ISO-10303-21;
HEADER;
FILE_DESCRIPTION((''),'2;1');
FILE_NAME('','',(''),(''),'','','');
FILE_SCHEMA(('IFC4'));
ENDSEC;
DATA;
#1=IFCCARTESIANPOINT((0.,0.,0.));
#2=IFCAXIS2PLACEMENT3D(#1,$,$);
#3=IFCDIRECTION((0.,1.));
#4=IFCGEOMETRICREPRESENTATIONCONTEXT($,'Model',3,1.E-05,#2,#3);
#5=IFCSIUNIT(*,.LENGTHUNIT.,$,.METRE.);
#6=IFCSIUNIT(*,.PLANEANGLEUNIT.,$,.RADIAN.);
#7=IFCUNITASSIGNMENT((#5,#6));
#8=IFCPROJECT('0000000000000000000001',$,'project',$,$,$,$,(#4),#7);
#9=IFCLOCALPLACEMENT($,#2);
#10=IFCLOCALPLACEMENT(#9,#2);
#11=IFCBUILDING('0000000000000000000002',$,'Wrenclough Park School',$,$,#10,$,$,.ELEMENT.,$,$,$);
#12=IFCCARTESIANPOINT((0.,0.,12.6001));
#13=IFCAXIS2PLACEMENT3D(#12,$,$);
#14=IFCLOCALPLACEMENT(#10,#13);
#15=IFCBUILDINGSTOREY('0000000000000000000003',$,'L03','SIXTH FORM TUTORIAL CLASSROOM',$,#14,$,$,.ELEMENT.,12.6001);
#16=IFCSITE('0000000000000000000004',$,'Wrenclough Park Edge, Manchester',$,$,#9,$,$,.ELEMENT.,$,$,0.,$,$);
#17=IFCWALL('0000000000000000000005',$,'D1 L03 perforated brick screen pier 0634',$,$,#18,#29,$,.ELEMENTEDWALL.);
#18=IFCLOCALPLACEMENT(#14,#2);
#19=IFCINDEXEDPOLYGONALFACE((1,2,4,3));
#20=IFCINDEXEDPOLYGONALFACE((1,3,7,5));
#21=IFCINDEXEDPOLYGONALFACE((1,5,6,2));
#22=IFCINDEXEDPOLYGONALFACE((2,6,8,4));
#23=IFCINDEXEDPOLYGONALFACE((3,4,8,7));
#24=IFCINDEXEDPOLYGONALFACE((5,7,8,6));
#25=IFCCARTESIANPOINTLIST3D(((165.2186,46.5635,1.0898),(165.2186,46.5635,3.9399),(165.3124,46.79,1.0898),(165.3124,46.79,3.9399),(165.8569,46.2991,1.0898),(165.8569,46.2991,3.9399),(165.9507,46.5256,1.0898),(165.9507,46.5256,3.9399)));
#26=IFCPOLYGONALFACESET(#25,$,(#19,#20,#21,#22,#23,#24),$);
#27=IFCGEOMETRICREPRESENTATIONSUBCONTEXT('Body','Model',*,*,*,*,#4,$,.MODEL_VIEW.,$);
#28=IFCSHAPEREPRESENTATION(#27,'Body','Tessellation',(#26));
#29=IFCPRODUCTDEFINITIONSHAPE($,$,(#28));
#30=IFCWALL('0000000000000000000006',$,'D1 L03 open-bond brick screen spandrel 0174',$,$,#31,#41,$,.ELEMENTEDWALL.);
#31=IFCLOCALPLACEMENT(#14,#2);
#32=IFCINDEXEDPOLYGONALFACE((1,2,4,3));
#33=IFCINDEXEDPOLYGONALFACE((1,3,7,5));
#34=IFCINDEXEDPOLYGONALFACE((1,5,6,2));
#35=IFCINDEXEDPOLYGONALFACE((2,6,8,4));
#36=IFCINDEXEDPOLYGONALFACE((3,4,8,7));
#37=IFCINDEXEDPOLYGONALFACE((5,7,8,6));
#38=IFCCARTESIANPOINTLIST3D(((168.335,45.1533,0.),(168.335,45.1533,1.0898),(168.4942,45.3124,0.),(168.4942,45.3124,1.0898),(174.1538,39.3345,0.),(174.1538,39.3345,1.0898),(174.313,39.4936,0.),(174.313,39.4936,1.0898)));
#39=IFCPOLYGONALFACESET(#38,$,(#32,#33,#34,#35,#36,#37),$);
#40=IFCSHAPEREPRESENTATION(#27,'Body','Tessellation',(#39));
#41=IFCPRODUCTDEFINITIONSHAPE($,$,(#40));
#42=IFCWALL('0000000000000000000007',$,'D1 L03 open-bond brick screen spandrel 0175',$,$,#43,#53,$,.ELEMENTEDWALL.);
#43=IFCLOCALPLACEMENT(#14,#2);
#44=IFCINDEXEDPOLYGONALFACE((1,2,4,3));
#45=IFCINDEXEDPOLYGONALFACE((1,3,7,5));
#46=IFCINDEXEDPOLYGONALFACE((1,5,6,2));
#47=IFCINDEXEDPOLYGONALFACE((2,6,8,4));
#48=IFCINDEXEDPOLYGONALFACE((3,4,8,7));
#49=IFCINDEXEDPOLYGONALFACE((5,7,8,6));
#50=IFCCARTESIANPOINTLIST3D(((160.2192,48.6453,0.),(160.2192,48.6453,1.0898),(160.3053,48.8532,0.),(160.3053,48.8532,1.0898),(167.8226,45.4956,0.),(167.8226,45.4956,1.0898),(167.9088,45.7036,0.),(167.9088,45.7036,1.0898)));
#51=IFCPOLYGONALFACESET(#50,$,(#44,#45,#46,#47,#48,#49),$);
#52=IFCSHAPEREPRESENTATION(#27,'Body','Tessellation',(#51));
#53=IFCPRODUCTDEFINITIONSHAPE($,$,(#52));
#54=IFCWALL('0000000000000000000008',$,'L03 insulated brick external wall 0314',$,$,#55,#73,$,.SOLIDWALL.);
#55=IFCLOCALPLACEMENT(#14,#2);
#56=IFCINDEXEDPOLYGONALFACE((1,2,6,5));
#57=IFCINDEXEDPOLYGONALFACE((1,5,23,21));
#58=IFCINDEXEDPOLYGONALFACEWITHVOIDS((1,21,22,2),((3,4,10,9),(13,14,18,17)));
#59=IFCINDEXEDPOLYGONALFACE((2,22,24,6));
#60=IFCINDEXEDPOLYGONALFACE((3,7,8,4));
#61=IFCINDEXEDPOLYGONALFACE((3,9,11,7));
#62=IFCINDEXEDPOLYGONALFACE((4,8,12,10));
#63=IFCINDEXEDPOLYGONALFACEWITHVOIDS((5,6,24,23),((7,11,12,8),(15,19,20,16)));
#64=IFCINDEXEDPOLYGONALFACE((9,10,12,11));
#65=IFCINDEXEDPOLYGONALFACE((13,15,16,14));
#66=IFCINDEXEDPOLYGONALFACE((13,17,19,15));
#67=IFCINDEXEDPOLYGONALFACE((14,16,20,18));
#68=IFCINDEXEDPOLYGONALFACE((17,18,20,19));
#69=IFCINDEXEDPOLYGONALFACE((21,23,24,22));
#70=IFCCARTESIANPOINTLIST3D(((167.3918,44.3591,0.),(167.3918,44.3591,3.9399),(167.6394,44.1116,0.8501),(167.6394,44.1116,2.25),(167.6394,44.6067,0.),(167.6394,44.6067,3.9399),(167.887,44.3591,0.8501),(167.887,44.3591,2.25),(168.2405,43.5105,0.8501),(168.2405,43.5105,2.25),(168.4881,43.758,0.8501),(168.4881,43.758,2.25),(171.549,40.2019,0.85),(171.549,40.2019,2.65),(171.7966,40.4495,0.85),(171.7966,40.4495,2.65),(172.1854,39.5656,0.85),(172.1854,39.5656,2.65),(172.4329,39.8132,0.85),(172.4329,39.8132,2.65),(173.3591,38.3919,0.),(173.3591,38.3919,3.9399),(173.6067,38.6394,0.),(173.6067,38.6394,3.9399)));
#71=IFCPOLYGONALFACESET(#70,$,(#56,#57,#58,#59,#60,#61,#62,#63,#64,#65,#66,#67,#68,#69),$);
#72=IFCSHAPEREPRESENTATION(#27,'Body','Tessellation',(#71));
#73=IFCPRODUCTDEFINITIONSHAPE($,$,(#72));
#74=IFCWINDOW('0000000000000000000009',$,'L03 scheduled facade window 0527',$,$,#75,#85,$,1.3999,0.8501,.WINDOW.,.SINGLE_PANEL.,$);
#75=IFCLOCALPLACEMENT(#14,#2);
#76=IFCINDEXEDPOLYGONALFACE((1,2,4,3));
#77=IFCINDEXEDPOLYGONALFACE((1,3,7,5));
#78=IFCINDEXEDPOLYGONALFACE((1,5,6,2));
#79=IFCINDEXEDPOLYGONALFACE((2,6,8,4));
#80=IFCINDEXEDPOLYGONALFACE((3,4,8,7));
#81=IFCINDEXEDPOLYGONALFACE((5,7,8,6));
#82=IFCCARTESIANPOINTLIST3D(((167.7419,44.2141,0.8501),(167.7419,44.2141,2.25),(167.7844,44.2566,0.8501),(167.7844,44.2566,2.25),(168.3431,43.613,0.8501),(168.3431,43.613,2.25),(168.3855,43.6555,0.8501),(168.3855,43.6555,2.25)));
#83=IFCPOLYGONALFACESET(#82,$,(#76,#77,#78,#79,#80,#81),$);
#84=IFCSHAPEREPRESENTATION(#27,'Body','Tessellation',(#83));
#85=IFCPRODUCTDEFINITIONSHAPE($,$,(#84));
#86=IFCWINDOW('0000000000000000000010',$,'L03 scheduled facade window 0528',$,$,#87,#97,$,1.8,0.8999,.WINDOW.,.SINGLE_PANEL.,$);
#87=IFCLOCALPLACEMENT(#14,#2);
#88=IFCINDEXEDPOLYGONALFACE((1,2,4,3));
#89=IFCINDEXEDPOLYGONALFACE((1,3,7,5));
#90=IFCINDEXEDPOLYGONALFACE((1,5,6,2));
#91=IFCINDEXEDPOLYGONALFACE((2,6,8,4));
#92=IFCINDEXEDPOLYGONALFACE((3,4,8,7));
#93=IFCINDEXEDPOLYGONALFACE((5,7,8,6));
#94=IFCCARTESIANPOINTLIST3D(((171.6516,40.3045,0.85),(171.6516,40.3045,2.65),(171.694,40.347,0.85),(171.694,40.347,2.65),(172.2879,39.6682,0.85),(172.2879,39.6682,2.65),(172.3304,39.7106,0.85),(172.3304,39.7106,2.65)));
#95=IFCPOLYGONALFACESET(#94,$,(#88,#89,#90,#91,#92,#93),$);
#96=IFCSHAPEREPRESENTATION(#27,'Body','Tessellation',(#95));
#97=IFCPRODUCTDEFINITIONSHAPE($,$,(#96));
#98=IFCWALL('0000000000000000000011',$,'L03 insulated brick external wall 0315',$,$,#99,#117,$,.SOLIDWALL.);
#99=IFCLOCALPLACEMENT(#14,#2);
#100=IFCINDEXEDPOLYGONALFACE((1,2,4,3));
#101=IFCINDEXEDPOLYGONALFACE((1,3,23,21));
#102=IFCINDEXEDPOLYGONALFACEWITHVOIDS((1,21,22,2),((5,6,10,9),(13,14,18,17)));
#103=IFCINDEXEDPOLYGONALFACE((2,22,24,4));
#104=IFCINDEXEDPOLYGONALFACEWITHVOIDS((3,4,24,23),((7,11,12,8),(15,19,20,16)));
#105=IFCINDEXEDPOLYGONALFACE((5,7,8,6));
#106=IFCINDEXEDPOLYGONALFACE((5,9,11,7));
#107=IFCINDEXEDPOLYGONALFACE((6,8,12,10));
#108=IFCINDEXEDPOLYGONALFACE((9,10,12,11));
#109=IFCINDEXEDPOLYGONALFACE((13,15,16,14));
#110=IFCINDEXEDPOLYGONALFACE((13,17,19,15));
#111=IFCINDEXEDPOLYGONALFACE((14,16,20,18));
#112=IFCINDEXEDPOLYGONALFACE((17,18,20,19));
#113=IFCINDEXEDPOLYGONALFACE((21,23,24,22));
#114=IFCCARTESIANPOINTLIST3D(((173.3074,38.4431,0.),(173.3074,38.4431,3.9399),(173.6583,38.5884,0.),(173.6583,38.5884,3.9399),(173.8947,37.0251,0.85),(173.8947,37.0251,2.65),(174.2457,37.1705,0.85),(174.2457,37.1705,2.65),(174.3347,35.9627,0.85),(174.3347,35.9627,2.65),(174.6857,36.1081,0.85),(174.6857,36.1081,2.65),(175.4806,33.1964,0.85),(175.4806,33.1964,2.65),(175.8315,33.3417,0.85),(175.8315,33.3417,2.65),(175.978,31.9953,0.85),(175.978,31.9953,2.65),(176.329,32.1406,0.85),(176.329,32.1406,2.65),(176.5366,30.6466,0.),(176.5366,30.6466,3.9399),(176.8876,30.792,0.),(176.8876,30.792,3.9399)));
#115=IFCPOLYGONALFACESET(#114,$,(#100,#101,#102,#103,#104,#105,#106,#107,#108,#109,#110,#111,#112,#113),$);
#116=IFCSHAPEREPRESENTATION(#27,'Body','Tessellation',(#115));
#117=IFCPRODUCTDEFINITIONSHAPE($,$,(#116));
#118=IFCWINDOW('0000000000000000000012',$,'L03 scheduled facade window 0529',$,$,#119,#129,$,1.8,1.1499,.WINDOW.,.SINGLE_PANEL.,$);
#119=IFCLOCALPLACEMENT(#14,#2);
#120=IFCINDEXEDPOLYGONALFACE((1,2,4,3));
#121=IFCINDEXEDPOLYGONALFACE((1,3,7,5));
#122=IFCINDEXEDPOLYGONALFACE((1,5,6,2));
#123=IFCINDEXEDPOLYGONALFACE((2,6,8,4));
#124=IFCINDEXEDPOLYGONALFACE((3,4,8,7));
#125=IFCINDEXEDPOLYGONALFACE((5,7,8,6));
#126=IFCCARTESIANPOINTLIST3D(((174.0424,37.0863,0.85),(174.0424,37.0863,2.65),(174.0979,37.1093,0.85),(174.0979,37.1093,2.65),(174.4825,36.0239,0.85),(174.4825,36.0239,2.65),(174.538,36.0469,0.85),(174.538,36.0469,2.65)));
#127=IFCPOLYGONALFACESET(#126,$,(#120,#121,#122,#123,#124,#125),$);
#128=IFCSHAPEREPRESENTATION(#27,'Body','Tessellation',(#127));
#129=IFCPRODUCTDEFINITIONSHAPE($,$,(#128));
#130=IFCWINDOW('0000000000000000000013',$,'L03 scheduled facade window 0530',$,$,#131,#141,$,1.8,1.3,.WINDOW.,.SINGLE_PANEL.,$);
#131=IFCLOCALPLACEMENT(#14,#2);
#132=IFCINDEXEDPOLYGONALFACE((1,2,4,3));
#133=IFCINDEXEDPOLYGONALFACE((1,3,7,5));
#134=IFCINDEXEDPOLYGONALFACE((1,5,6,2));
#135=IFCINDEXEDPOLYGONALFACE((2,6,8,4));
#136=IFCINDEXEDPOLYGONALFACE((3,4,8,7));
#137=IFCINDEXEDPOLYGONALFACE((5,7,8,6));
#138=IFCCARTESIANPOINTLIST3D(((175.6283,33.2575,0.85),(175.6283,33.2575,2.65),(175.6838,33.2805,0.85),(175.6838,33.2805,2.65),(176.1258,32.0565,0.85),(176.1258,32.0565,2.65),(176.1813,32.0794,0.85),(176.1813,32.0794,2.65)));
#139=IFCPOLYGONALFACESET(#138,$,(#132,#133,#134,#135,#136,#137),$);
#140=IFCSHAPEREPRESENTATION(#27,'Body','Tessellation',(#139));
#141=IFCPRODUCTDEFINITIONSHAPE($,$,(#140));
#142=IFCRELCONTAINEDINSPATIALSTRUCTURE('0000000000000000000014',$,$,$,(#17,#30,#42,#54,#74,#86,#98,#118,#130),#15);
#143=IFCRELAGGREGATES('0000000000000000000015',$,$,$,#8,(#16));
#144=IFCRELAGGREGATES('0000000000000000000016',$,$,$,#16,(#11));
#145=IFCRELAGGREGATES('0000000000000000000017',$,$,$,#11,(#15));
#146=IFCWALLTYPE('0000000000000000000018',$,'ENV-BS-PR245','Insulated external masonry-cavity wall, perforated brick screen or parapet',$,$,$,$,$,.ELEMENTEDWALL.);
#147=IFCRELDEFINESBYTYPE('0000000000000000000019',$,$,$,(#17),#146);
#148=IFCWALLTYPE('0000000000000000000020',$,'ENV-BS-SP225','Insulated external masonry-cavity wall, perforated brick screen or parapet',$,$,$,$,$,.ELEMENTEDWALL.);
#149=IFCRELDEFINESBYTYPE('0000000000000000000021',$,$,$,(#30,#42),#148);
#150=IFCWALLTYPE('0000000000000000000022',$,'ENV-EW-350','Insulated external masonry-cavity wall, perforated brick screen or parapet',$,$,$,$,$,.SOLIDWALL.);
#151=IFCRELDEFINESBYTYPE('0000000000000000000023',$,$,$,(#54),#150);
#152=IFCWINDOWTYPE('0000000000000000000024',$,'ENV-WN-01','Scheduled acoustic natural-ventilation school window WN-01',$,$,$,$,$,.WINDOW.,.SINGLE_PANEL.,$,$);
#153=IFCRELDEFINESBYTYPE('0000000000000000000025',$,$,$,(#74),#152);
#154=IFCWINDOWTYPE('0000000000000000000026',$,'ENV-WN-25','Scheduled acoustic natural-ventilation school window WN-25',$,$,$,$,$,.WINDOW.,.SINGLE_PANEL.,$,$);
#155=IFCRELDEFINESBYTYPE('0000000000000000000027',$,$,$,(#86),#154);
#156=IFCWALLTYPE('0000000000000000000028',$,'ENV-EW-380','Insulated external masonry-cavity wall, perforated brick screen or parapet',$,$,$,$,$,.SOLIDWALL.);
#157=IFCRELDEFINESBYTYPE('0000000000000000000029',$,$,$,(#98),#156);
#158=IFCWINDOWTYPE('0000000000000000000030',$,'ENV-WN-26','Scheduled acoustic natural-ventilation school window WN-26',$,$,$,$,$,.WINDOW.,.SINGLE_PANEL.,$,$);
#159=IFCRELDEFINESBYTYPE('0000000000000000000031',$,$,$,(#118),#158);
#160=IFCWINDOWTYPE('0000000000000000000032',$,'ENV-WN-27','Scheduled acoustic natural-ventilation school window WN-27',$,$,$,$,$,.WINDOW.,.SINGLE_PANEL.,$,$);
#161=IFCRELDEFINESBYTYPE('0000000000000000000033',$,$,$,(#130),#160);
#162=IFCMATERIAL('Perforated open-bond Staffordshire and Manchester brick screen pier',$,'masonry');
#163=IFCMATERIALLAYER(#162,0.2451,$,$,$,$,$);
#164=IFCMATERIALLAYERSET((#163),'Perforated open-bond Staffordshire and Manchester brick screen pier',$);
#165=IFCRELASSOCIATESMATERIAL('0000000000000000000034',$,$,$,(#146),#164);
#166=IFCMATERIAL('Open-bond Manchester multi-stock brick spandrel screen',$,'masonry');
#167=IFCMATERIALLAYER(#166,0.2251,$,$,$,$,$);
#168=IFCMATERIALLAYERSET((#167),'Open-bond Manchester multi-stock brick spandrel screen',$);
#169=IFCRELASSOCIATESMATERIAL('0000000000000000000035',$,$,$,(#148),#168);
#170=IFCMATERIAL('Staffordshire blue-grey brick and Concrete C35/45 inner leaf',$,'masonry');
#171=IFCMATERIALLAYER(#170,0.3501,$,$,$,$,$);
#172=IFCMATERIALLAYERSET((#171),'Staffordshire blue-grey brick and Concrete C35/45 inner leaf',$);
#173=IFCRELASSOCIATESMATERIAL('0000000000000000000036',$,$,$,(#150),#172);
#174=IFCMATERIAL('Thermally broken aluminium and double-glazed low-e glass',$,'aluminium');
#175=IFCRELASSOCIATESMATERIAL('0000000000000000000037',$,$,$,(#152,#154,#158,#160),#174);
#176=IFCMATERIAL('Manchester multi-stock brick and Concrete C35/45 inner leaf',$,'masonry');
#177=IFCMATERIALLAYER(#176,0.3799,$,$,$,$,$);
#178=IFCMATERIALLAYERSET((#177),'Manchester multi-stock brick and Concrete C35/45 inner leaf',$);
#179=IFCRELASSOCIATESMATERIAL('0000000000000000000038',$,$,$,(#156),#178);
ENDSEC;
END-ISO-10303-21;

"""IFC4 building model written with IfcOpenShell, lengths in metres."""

from ifc_helpers import new_model, si_unit, direction, frame, frame_2d, origin, place, context, subcontext, project, spatial, rectangle, extrude, material, layer, layer_set, type_object, element, fill, save


model = new_model("IFC4")

# Units and contexts
model_context = context("Model", 3, precision=1e-05, world=origin(), true_north=direction((0.0, 1.0)))
body_context = subcontext(model_context, "Body", "Model", "MODEL_VIEW")
ifc_project = project(units=[si_unit("LENGTHUNIT", "METRE"), si_unit("PLANEANGLEUNIT", "RADIAN")], contexts=[model_context])

# Site, building, storey
site_placement = place(None, origin())
site = spatial("IfcSite", under=ifc_project, at=site_placement, Name="Wrenclough Park Edge, Manchester", CompositionType="ELEMENT", RefElevation=0.0)
building_placement = place(site_placement, origin())
building = spatial("IfcBuilding", under=site, at=building_placement, Name="Wrenclough Park School", CompositionType="ELEMENT")
storey_placement = place(building_placement, frame((0.0, 0.0, 12.6001)))
storey = spatial("IfcBuildingStorey", under=building, at=storey_placement, Name="L03", Description="SIXTH FORM TUTORIAL CLASSROOM", CompositionType="ELEMENT", Elevation=12.6001)

# Walls
ifc_material_1 = material(Name="Perforated open-bond Staffordshire and Manchester brick screen pier", Category="masonry")
ifc_layer_1 = layer(ifc_material_1, 0.2451)
ifc_layer_set_1 = layer_set([ifc_layer_1], Name="Perforated open-bond Staffordshire and Manchester brick screen pier")
wall_type_1 = type_object("IfcWallType", Name="ENV-BS-PR245", Description="Insulated external masonry-cavity wall, perforated brick screen or parapet", PredefinedType="ELEMENTEDWALL", material=ifc_layer_set_1)
for number, where, z_axis, x_axis, name in (
    (1, (165.9038, 46.4124, 1.0898), (0.0, 0.0, 1.0), (-0.923901, 0.382633, 0.0), "D1 L03 perforated brick screen pier 0634"),
):
    element("IfcWall", number, at=place(storey_placement, frame(where, z_axis=z_axis, x_axis=x_axis)), inside=storey, type_object=wall_type_1, Name=name, PredefinedType="ELEMENTEDWALL", context=body_context, shape_type="SweptSolid", body=[
        extrude(rectangle(XDim=0.6909, YDim=0.2451, at=frame_2d((0.3455, 0.0))), origin(), (0.0, 0.0, 1.0), 2.8501),
    ])
ifc_material_2 = material(Name="Open-bond Manchester multi-stock brick spandrel screen", Category="masonry")
ifc_layer_2 = layer(ifc_material_2, 0.2251)
ifc_layer_set_2 = layer_set([ifc_layer_2], Name="Open-bond Manchester multi-stock brick spandrel screen")
wall_type_2 = type_object("IfcWallType", Name="ENV-BS-SP225", Description="Insulated external masonry-cavity wall, perforated brick screen or parapet", PredefinedType="ELEMENTEDWALL", material=ifc_layer_set_2)
wall_1_placement = place(storey_placement, frame((174.2334, 39.4141, 0.0), z_axis=(0.0, 0.0, 1.0), x_axis=(-0.707107, 0.707107, 0.0)))
element("IfcWall", 2, at=wall_1_placement, inside=storey, type_object=wall_type_2, Name="D1 L03 open-bond brick screen spandrel 0174", PredefinedType="ELEMENTEDWALL", context=body_context, shape_type="SweptSolid", body=[
    extrude(rectangle(XDim=8.229, YDim=0.2251, at=frame_2d((4.1145, 0.0))), origin(), (0.0, 0.0, 1.0), 1.0898),
])
wall_2_placement = place(storey_placement, frame((167.8657, 45.5996, 0.0), z_axis=(0.0, 0.0, 1.0), x_axis=(-0.923872, 0.382702, 0.0)))
element("IfcWall", 3, at=wall_2_placement, inside=storey, type_object=wall_type_2, Name="D1 L03 open-bond brick screen spandrel 0175", PredefinedType="ELEMENTEDWALL", context=body_context, shape_type="SweptSolid", body=[
    extrude(rectangle(XDim=8.23, YDim=0.2251, at=frame_2d((4.115, 0.0))), origin(), (0.0, 0.0, 1.0), 1.0898),
])

# Walls, openings, windows
ifc_material_3 = material(Name="Staffordshire blue-grey brick and Concrete C35/45 inner leaf", Category="masonry")
ifc_layer_3 = layer(ifc_material_3, 0.3501)
ifc_layer_set_3 = layer_set([ifc_layer_3], Name="Staffordshire blue-grey brick and Concrete C35/45 inner leaf")
wall_type_3 = type_object("IfcWallType", Name="ENV-EW-350", Description="Insulated external masonry-cavity wall, perforated brick screen or parapet", PredefinedType="SOLIDWALL", material=ifc_layer_set_3)
wall_3_placement = place(storey_placement, frame((167.5156, 44.4829, 0.0), z_axis=(0.0, 0.0, 1.0), x_axis=(0.707107, -0.707107, 0.0)))
wall_3 = element("IfcWall", 4, at=wall_3_placement, inside=storey, type_object=wall_type_3, Name="L03 insulated brick external wall 0314", PredefinedType="SOLIDWALL", context=body_context, shape_type="SweptSolid", body=[
    extrude(rectangle(XDim=8.439, YDim=0.3501, at=frame_2d((4.2195, 0.0))), origin(), (0.0, 0.0, 1.0), 3.9399),
])
opening_1_placement = place(wall_3_placement, frame((0.3501, 0.0, 0.8501)))
opening_1 = element("IfcOpeningElement", 5, at=opening_1_placement, cuts=wall_3, PredefinedType="OPENING", context=body_context, shape_type="SweptSolid", body=[
    extrude(rectangle(XDim=0.8501, YDim=1.3999, at=frame_2d((0.425, 0.7))), frame((0.0, 0.1851, 0.0), z_axis=(0.0, -1.0, 0.0), x_axis=(1.0, 0.0, 0.0)), (0.0, 0.0, 1.0), 0.3701),
])
opening_2_placement = place(wall_3_placement, frame((5.8792, 0.0, 0.8501)))
opening_2 = element("IfcOpeningElement", 6, at=opening_2_placement, cuts=wall_3, PredefinedType="OPENING", context=body_context, shape_type="SweptSolid", body=[
    extrude(rectangle(XDim=0.8999, YDim=1.8, at=frame_2d((0.45, 0.8999))), frame((0.0, 0.1851, 0.0), z_axis=(0.0, -1.0, 0.0), x_axis=(1.0, 0.0, 0.0)), (0.0, 0.0, 1.0), 0.3701),
])
ifc_material_4 = material(Name="Thermally broken aluminium and double-glazed low-e glass", Category="aluminium")
window_type_1 = type_object("IfcWindowType", Name="ENV-WN-01", Description="Scheduled acoustic natural-ventilation school window WN-01", PartitioningType="SINGLE_PANEL", PredefinedType="WINDOW", material=ifc_material_4)
window_1_placement = place(opening_1_placement, origin())
window_1 = element("IfcWindow", 7, at=window_1_placement, inside=storey, type_object=window_type_1, Name="L03 scheduled facade window 0527", OverallHeight=1.3999, OverallWidth=0.8501, PartitioningType="SINGLE_PANEL", PredefinedType="WINDOW", context=body_context, shape_type="SweptSolid", body=[
    extrude(rectangle(XDim=0.8501, YDim=1.3999, at=frame_2d((0.425, 0.7))), frame((0.0, 0.03, 0.0), z_axis=(0.0, -1.0, 0.0), x_axis=(1.0, 0.0, 0.0)), (0.0, 0.0, 1.0), 0.0601),
])
fill(opening_1, window_1)
window_type_2 = type_object("IfcWindowType", Name="ENV-WN-25", Description="Scheduled acoustic natural-ventilation school window WN-25", PartitioningType="SINGLE_PANEL", PredefinedType="WINDOW", material=ifc_material_4)
window_2_placement = place(opening_2_placement, origin())
window_2 = element("IfcWindow", 8, at=window_2_placement, inside=storey, type_object=window_type_2, Name="L03 scheduled facade window 0528", OverallHeight=1.8, OverallWidth=0.8999, PartitioningType="SINGLE_PANEL", PredefinedType="WINDOW", context=body_context, shape_type="SweptSolid", body=[
    extrude(rectangle(XDim=0.8999, YDim=1.8, at=frame_2d((0.45, 0.8999))), frame((0.0, 0.03, 0.0), z_axis=(0.0, -1.0, 0.0), x_axis=(1.0, 0.0, 0.0)), (0.0, 0.0, 1.0), 0.0601),
])
fill(opening_2, window_2)
ifc_material_5 = material(Name="Manchester multi-stock brick and Concrete C35/45 inner leaf", Category="masonry")
ifc_layer_4 = layer(ifc_material_5, 0.3799)
ifc_layer_set_4 = layer_set([ifc_layer_4], Name="Manchester multi-stock brick and Concrete C35/45 inner leaf")
wall_type_4 = type_object("IfcWallType", Name="ENV-EW-380", Description="Insulated external masonry-cavity wall, perforated brick screen or parapet", PredefinedType="SOLIDWALL", material=ifc_layer_set_4)
wall_4_placement = place(storey_placement, frame((173.4829, 38.5156, 0.0), z_axis=(0.0, 0.0, 1.0), x_axis=(0.382671, -0.923885, 0.0)))
wall_4 = element("IfcWall", 9, at=wall_4_placement, inside=storey, type_object=wall_type_4, Name="L03 insulated brick external wall 0315", PredefinedType="SOLIDWALL", context=body_context, shape_type="SweptSolid", body=[
    extrude(rectangle(XDim=8.4387, YDim=0.3799, at=frame_2d((4.2192, 0.0))), origin(), (0.0, 0.0, 1.0), 3.9399),
])
opening_3_placement = place(wall_4_placement, frame((1.5347, 0.0, 0.8501)))
opening_3 = element("IfcOpeningElement", 10, at=opening_3_placement, cuts=wall_4, PredefinedType="OPENING", context=body_context, shape_type="SweptSolid", body=[
    extrude(rectangle(XDim=1.1499, YDim=1.8, at=frame_2d((0.575, 0.8999))), frame((0.0, 0.2, 0.0), z_axis=(0.0, -1.0, 0.0), x_axis=(1.0, 0.0, 0.0)), (0.0, 0.0, 1.0), 0.3999),
])
opening_4_placement = place(wall_4_placement, frame((5.679, 0.0, 0.8501)))
opening_4 = element("IfcOpeningElement", 11, at=opening_4_placement, cuts=wall_4, PredefinedType="OPENING", context=body_context, shape_type="SweptSolid", body=[
    extrude(rectangle(XDim=1.3, YDim=1.8, at=frame_2d((0.6499, 0.8999))), frame((0.0, 0.2, 0.0), z_axis=(0.0, -1.0, 0.0), x_axis=(1.0, 0.0, 0.0)), (0.0, 0.0, 1.0), 0.3999),
])
window_type_3 = type_object("IfcWindowType", Name="ENV-WN-26", Description="Scheduled acoustic natural-ventilation school window WN-26", PartitioningType="SINGLE_PANEL", PredefinedType="WINDOW", material=ifc_material_4)
window_3_placement = place(opening_3_placement, origin())
window_3 = element("IfcWindow", 12, at=window_3_placement, inside=storey, type_object=window_type_3, Name="L03 scheduled facade window 0529", OverallHeight=1.8, OverallWidth=1.1499, PartitioningType="SINGLE_PANEL", PredefinedType="WINDOW", context=body_context, shape_type="SweptSolid", body=[
    extrude(rectangle(XDim=1.1499, YDim=1.8, at=frame_2d((0.575, 0.8999))), frame((0.0, 0.03, 0.0), z_axis=(0.0, -1.0, 0.0), x_axis=(1.0, 0.0, 0.0)), (0.0, 0.0, 1.0), 0.0601),
])
fill(opening_3, window_3)
window_type_4 = type_object("IfcWindowType", Name="ENV-WN-27", Description="Scheduled acoustic natural-ventilation school window WN-27", PartitioningType="SINGLE_PANEL", PredefinedType="WINDOW", material=ifc_material_4)
window_4_placement = place(opening_4_placement, origin())
window_4 = element("IfcWindow", 13, at=window_4_placement, inside=storey, type_object=window_type_4, Name="L03 scheduled facade window 0530", OverallHeight=1.8, OverallWidth=1.3, PartitioningType="SINGLE_PANEL", PredefinedType="WINDOW", context=body_context, shape_type="SweptSolid", body=[
    extrude(rectangle(XDim=1.3, YDim=1.8, at=frame_2d((0.6499, 0.8999))), frame((0.0, 0.03, 0.0), z_axis=(0.0, -1.0, 0.0), x_axis=(1.0, 0.0, 0.0)), (0.0, 0.0, 1.0), 0.0601),
])
fill(opening_4, window_4)

save(model, "model.ifc")
